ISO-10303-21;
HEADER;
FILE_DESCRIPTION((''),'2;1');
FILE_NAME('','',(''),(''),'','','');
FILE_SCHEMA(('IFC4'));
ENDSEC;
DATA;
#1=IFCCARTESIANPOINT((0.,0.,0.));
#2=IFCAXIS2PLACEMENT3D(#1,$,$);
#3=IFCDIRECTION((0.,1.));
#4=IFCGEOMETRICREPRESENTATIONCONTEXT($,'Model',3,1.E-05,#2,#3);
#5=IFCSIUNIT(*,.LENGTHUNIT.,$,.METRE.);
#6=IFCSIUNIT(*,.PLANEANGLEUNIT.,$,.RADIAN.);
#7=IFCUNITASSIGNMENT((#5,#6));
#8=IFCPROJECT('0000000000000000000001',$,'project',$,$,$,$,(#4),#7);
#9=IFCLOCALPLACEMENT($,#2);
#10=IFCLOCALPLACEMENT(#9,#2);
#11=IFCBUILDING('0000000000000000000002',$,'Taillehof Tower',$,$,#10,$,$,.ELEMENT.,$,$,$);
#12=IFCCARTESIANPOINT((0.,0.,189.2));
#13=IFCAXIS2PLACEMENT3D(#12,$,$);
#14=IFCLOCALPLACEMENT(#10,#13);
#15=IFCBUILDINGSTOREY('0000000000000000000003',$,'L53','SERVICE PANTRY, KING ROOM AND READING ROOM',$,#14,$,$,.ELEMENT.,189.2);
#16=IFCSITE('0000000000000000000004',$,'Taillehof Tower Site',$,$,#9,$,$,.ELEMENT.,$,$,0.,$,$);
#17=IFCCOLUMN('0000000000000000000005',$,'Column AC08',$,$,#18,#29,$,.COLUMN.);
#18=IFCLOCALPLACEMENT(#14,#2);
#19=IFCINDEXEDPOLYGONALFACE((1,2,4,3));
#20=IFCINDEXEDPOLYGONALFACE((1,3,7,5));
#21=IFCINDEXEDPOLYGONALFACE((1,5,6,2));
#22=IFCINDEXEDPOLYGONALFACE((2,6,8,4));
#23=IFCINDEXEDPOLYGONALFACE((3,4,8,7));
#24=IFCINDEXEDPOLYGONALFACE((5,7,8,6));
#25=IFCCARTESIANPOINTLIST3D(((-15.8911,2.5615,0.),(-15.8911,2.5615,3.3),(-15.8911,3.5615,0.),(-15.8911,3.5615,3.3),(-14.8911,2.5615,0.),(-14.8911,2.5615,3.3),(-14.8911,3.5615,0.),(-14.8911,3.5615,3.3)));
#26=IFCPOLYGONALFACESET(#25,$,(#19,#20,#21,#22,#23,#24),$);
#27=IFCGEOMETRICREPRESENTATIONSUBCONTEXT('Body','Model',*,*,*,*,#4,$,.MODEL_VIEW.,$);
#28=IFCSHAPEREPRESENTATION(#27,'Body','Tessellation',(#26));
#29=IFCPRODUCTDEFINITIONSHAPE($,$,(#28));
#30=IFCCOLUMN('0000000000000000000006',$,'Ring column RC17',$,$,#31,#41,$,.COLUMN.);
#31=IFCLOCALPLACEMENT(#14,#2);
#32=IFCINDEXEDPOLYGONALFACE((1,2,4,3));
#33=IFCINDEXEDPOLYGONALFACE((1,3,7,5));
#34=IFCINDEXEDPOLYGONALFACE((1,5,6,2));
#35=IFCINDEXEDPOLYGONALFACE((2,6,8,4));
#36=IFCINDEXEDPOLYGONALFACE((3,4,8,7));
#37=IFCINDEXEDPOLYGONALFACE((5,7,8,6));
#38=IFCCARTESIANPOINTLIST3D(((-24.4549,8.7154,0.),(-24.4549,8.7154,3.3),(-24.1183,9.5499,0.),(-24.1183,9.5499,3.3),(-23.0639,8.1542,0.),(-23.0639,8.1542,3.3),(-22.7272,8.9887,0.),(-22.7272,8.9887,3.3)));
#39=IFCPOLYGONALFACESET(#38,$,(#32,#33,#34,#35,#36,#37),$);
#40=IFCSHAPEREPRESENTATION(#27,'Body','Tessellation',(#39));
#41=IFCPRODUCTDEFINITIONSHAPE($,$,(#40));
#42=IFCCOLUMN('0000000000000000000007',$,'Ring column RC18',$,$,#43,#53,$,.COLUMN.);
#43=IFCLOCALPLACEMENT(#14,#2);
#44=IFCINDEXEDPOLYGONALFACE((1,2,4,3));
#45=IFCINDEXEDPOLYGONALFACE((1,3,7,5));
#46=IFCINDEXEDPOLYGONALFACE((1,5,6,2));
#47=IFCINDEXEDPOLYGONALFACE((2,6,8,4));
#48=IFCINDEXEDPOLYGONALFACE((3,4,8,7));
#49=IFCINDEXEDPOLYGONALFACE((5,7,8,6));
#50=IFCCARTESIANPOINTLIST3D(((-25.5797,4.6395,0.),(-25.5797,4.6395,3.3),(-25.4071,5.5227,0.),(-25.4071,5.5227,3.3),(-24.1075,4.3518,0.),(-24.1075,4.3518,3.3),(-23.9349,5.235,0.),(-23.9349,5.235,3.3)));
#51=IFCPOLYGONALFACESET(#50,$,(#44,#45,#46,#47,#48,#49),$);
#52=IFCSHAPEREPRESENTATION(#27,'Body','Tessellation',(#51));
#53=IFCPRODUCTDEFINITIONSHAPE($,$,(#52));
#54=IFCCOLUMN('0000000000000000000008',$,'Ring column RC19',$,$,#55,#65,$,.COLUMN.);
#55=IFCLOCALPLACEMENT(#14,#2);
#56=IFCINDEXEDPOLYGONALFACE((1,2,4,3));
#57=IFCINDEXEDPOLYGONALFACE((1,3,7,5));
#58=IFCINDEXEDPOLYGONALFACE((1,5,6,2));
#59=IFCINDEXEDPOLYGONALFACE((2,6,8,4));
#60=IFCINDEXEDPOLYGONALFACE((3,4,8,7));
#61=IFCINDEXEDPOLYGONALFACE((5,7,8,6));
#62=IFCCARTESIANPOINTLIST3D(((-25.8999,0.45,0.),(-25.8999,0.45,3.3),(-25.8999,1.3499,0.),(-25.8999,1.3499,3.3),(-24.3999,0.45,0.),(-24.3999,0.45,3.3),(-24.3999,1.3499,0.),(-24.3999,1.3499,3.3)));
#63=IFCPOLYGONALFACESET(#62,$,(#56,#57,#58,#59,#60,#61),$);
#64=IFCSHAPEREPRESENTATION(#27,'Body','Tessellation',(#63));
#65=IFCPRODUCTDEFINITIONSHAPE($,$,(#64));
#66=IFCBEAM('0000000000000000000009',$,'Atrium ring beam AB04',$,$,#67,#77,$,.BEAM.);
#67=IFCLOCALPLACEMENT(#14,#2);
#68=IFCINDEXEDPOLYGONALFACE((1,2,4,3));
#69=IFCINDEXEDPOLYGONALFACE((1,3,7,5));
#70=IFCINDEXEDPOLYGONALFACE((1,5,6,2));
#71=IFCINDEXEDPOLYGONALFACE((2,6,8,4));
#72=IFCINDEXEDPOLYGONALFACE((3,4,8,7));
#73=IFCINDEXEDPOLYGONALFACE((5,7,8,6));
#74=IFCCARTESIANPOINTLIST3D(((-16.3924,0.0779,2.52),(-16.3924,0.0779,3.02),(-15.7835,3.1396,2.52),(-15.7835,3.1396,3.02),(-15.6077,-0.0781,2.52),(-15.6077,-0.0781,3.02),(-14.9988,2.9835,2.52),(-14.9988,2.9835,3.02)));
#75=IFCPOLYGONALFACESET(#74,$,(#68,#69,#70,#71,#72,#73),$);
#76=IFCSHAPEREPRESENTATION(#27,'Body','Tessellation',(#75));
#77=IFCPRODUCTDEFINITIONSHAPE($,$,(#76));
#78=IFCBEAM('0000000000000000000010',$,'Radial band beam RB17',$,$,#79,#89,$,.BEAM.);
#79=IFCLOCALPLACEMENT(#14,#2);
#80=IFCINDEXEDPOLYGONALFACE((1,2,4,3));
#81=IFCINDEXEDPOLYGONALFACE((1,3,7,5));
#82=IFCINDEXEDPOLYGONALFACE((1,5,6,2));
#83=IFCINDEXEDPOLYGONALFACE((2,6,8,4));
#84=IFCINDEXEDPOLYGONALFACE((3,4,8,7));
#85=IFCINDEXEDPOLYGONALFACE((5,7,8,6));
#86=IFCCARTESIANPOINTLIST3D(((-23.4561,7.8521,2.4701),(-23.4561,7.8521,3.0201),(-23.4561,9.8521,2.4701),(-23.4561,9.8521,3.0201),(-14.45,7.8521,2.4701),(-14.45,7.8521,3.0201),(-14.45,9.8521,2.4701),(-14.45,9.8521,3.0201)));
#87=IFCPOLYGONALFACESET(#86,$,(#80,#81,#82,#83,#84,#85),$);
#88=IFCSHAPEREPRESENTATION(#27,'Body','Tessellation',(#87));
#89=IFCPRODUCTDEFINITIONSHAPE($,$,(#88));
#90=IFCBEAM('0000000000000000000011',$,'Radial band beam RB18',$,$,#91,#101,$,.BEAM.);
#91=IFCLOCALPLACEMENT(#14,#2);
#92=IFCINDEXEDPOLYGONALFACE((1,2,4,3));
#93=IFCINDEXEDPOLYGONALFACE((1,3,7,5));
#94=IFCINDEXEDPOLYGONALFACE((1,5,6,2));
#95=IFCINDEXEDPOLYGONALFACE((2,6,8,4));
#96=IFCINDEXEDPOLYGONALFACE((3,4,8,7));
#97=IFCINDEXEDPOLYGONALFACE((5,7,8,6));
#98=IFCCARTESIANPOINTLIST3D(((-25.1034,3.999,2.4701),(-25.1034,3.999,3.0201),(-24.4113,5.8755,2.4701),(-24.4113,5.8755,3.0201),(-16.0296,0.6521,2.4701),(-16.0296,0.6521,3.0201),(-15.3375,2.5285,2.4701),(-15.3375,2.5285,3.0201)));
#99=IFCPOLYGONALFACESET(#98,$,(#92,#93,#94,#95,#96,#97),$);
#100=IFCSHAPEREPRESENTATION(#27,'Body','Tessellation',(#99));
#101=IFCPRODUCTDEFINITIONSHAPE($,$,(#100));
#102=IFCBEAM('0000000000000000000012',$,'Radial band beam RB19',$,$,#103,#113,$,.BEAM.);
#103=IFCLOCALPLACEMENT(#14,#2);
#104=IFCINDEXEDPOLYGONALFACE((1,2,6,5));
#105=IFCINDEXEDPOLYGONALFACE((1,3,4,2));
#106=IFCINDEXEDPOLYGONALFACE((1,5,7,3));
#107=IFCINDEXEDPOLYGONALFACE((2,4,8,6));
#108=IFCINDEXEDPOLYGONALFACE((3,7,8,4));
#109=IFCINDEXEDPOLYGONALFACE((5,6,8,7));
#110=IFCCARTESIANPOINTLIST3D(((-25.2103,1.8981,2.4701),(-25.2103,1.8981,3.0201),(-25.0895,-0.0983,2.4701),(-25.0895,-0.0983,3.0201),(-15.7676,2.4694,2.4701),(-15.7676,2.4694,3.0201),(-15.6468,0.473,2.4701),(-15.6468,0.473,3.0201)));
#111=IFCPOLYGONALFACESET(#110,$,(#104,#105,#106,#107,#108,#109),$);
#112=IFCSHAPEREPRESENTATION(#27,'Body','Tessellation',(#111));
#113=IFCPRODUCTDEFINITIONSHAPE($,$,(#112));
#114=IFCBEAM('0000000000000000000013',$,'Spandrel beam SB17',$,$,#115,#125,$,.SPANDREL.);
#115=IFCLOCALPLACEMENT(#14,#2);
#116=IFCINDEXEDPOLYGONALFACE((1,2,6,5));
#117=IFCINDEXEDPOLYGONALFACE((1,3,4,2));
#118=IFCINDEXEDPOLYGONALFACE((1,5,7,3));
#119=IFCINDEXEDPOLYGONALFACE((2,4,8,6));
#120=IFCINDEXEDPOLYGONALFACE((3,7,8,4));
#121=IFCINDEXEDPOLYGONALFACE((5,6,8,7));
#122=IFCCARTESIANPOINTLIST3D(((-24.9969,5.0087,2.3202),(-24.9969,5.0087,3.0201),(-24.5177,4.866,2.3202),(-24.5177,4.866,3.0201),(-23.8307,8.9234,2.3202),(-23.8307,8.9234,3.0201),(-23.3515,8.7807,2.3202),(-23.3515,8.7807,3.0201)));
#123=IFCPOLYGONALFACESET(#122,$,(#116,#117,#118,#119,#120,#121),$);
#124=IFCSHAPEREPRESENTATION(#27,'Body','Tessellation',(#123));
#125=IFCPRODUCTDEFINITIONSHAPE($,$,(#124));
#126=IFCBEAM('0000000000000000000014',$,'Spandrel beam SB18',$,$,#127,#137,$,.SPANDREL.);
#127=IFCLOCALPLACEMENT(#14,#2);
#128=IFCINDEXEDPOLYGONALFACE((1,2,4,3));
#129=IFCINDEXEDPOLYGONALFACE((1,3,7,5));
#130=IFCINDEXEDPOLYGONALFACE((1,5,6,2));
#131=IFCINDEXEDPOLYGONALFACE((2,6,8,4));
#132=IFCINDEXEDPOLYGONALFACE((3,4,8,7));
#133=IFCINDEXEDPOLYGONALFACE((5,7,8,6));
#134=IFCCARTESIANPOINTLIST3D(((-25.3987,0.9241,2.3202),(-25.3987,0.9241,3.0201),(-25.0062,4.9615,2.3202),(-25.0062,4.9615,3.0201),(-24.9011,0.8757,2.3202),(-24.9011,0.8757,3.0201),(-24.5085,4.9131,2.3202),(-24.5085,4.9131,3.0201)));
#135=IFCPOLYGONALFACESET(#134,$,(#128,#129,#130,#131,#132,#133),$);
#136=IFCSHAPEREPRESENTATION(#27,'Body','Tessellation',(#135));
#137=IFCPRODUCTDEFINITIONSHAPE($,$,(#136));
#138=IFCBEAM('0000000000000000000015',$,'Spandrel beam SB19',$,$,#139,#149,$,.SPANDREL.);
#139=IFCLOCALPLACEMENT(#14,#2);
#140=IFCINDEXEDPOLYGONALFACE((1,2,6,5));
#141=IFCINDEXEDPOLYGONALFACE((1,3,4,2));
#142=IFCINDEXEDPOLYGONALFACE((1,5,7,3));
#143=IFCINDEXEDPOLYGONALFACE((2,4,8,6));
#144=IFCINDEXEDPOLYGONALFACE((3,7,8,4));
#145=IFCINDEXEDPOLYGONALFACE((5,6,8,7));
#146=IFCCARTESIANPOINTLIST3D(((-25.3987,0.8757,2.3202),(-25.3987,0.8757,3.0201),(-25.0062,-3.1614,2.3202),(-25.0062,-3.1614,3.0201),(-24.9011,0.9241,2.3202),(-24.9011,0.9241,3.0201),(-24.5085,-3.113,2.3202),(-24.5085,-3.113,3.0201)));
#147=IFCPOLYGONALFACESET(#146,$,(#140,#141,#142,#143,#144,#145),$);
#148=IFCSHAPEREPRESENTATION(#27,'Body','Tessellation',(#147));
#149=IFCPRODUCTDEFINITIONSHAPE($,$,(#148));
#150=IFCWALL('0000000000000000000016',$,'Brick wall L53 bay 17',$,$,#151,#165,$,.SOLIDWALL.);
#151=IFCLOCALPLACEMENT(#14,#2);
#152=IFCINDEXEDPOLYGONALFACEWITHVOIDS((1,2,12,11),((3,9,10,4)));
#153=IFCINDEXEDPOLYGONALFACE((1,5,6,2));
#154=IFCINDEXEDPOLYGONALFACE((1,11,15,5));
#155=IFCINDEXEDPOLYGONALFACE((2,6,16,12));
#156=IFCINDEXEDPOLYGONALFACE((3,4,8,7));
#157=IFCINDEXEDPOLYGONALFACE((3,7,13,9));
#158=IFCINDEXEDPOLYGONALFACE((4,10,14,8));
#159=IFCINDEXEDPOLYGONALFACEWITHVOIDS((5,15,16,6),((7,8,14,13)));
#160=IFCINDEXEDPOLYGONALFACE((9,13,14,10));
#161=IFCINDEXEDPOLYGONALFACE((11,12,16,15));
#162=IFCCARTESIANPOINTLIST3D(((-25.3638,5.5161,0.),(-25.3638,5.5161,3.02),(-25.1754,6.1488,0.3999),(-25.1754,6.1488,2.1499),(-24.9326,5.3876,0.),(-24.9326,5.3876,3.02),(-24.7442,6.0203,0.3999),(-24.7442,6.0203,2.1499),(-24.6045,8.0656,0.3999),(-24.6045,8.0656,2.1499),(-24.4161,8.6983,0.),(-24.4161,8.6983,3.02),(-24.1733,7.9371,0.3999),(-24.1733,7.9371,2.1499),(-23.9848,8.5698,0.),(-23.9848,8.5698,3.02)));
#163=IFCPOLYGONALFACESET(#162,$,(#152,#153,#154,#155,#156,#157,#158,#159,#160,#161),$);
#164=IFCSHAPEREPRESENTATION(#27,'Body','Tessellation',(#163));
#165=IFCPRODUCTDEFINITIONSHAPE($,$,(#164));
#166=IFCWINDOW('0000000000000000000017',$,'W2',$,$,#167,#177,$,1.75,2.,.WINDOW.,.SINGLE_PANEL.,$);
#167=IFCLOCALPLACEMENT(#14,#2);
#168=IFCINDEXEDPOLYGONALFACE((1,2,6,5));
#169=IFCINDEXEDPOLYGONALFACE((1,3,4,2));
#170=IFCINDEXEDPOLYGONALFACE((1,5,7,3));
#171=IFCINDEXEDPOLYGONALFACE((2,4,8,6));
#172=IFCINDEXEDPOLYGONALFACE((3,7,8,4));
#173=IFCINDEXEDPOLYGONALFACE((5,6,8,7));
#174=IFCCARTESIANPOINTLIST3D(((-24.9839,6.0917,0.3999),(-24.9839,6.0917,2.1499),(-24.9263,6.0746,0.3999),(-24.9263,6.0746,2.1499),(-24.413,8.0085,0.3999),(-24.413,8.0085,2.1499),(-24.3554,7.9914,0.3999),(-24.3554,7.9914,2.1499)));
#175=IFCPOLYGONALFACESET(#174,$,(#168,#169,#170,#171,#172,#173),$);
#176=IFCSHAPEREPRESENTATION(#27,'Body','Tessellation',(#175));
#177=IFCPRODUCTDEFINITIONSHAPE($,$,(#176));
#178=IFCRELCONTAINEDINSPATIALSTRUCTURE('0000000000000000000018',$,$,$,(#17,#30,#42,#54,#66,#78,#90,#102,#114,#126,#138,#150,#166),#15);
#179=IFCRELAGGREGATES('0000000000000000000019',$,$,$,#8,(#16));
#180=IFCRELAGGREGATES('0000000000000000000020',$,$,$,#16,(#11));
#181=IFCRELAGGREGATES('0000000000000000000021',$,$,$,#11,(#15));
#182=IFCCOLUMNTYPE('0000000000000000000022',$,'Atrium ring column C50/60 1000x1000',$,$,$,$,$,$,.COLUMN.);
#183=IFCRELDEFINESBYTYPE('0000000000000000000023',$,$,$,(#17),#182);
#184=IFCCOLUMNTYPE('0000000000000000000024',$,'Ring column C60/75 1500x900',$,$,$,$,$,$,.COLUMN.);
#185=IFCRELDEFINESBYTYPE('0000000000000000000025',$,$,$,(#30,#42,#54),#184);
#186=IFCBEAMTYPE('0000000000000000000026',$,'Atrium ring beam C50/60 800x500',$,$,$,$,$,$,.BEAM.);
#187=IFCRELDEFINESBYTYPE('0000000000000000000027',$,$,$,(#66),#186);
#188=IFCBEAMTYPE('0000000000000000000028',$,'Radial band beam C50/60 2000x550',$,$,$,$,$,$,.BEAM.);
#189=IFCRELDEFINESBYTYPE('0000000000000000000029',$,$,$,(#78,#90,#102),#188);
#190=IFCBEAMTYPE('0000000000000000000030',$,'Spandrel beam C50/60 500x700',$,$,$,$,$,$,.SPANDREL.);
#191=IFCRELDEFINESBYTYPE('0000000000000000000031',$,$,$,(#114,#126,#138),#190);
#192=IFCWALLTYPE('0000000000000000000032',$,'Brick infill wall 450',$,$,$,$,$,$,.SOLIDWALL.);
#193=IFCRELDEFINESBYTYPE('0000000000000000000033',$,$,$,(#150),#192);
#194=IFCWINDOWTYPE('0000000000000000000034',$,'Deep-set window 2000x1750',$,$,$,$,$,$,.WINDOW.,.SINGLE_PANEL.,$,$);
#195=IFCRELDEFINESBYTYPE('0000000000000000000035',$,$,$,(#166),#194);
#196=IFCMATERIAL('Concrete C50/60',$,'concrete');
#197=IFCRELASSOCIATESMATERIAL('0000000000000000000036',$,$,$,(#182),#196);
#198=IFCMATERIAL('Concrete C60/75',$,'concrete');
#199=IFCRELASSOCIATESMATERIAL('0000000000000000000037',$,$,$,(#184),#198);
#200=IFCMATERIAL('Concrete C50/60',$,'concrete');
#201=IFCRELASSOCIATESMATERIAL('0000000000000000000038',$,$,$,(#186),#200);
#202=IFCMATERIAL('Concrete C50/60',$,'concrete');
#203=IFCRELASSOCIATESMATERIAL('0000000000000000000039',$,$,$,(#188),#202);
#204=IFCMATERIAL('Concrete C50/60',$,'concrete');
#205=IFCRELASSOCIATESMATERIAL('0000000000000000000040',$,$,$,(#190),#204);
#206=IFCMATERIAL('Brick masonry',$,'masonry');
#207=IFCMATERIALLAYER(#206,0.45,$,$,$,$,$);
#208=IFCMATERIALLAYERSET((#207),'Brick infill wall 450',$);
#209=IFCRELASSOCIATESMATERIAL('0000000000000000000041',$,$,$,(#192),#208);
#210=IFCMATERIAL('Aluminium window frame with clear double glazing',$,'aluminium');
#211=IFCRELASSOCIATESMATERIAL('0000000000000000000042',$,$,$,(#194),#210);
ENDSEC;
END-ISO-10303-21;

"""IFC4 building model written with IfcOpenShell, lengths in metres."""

from ifc_helpers import new_model, si_unit, direction, frame, frame_2d, origin, origin_2d, place, context, subcontext, project, spatial, rectangle, extrude, material, layer, layer_set, material_profile, profile_set, type_object, element, fill, save


model = new_model("IFC4")

# Units and contexts
model_context = context("Model", 3, precision=1e-05, world=origin(), true_north=direction((0.0, 1.0)))
body_context = subcontext(model_context, "Body", "Model", "MODEL_VIEW")
ifc_project = project(units=[si_unit("LENGTHUNIT", "METRE"), si_unit("PLANEANGLEUNIT", "RADIAN")], contexts=[model_context])

# Site, building, storey
site_placement = place(None, origin())
site = spatial("IfcSite", under=ifc_project, at=site_placement, Name="Taillehof Tower Site", CompositionType="ELEMENT", RefElevation=0.0)
building_placement = place(site_placement, origin())
building = spatial("IfcBuilding", under=site, at=building_placement, Name="Taillehof Tower", CompositionType="ELEMENT")
storey_placement = place(building_placement, frame((0.0, 0.0, 189.2)))
storey = spatial("IfcBuildingStorey", under=building, at=storey_placement, Name="L53", Description="SERVICE PANTRY, KING ROOM AND READING ROOM", CompositionType="ELEMENT", Elevation=189.2)

# Columns
ifc_material_1 = material(Name="Concrete C50/60", Category="concrete")
ifc_material_profile_1 = material_profile(ifc_material_1, rectangle(XDim=1.0, YDim=1.0, at=origin_2d()), Name="RC 1000x1000")
ifc_profile_set_1 = profile_set([ifc_material_profile_1], Name="Concrete C50/60")
column_type_1 = type_object("IfcColumnType", Name="Atrium ring column C50/60 1000x1000", PredefinedType="COLUMN", material=ifc_profile_set_1)
column_placement = place(storey_placement, frame((-15.3911, 3.0615, 0.0), z_axis=(0.0, 0.0, 1.0), x_axis=(1.0, 0.0, 0.0)))
element("IfcColumn", 1, at=column_placement, inside=storey, type_object=column_type_1, Name="Column AC08", PredefinedType="COLUMN", context=body_context, shape_type="SweptSolid", body=[
    extrude(rectangle(XDim=1.0, YDim=1.0, at=origin_2d()), origin(), (0.0, 0.0, 1.0), 3.3),
])
ifc_material_2 = material(Name="Concrete C60/75", Category="concrete")
ifc_material_profile_2 = material_profile(ifc_material_2, rectangle(XDim=1.5, YDim=0.8999, at=origin_2d()), Name="RC 1500x900")
ifc_profile_set_2 = profile_set([ifc_material_profile_2], Name="Concrete C60/75")
column_type_2 = type_object("IfcColumnType", Name="Ring column C60/75 1500x900", PredefinedType="COLUMN", material=ifc_profile_set_2)
for number, where, z_axis, x_axis, name in (
    (2, (-23.5911, 8.8521, 0.0), (0.0, 0.0, 1.0), (-0.927385, 0.374108, 0.0), "Ring column RC17"),
    (3, (-24.7573, 4.9373, 0.0), (0.0, 0.0, 1.0), (-0.981434, 0.191801, 0.0), "Ring column RC18"),
    (4, (-25.1499, 0.8999, 0.0), (0.0, 0.0, 1.0), (-1.0, 0.0, 0.0), "Ring column RC19"),
):
    element("IfcColumn", number, at=place(storey_placement, frame(where, z_axis=z_axis, x_axis=x_axis)), inside=storey, type_object=column_type_2, Name=name, PredefinedType="COLUMN", context=body_context, shape_type="SweptSolid", body=[
        extrude(rectangle(XDim=1.5, YDim=0.8999, at=origin_2d()), origin(), (0.0, 0.0, 1.0), 3.3),
    ])

# Beams
ifc_material_3 = material(Name="Concrete C50/60", Category="concrete")
ifc_material_profile_3 = material_profile(ifc_material_3, rectangle(XDim=0.8, YDim=0.5, at=origin_2d()), Name="RC 800x500")
ifc_profile_set_3 = profile_set([ifc_material_profile_3], Name="Concrete C50/60")
beam_type_1 = type_object("IfcBeamType", Name="Atrium ring beam C50/60 800x500", PredefinedType="BEAM", material=ifc_profile_set_3)
beam_1_placement = place(storey_placement, frame((-15.3911, 3.0615, 2.77), z_axis=(-0.195063, -0.980791, 0.0), x_axis=(0.980791, -0.195063, 0.0)))
element("IfcBeam", 5, at=beam_1_placement, inside=storey, type_object=beam_type_1, Name="Atrium ring beam AB04", PredefinedType="BEAM", context=body_context, shape_type="SweptSolid", body=[
    extrude(rectangle(XDim=0.8, YDim=0.5, at=origin_2d()), origin(), (0.0, 0.0, 1.0), 3.1216),
])
ifc_material_4 = material(Name="Concrete C50/60", Category="concrete")
ifc_material_profile_4 = material_profile(ifc_material_4, rectangle(XDim=2.0, YDim=0.55, at=origin_2d()), Name="RC 2000x550")
ifc_profile_set_4 = profile_set([ifc_material_profile_4], Name="Concrete C50/60")
beam_type_2 = type_object("IfcBeamType", Name="Radial band beam C50/60 2000x550", PredefinedType="BEAM", material=ifc_profile_set_4)
beam_2_placement = place(storey_placement, frame((-23.4561, 8.8521, 2.7451), z_axis=(1.0, 0.0, 0.0), x_axis=(0.0, 1.0, 0.0)))
element("IfcBeam", 6, at=beam_2_placement, inside=storey, type_object=beam_type_2, Name="Radial band beam RB17", PredefinedType="BEAM", context=body_context, shape_type="SweptSolid", body=[
    extrude(rectangle(XDim=2.0, YDim=0.55, at=origin_2d()), origin(), (0.0, 0.0, 1.0), 9.0061),
])
beam_3_placement = place(storey_placement, frame((-24.7573, 4.9373, 2.7451), z_axis=(0.93821, -0.346067, 0.0), x_axis=(0.346067, 0.93821, 0.0)))
element("IfcBeam", 7, at=beam_3_placement, inside=storey, type_object=beam_type_2, Name="Radial band beam RB18", PredefinedType="BEAM", context=body_context, shape_type="SweptSolid", body=[
    extrude(rectangle(XDim=2.0, YDim=0.55, at=origin_2d()), origin(), (0.0, 0.0, 1.0), 9.6714),
])
beam_4_placement = place(storey_placement, frame((-25.1499, 0.8999, 2.7451), z_axis=(0.998175, 0.060391, 0.0), x_axis=(-0.060391, 0.998175, 0.0)))
element("IfcBeam", 8, at=beam_4_placement, inside=storey, type_object=beam_type_2, Name="Radial band beam RB19", PredefinedType="BEAM", context=body_context, shape_type="SweptSolid", body=[
    extrude(rectangle(XDim=2.0, YDim=0.55, at=origin_2d()), origin(), (0.0, 0.0, 1.0), 9.46),
])
ifc_material_5 = material(Name="Concrete C50/60", Category="concrete")
ifc_material_profile_5 = material_profile(ifc_material_5, rectangle(XDim=0.5, YDim=0.7, at=origin_2d()), Name="RC 500x700")
ifc_profile_set_5 = profile_set([ifc_material_profile_5], Name="Concrete C50/60")
beam_type_3 = type_object("IfcBeamType", Name="Spandrel beam C50/60 500x700", PredefinedType="SPANDREL", material=ifc_profile_set_5)
beam_5_placement = place(storey_placement, frame((-23.5911, 8.8521, 2.6702), z_axis=(-0.28551, -0.958376, 0.0), x_axis=(0.958376, -0.28551, 0.0)))
element("IfcBeam", 9, at=beam_5_placement, inside=storey, type_object=beam_type_3, Name="Spandrel beam SB17", PredefinedType="SPANDREL", context=body_context, shape_type="SweptSolid", body=[
    extrude(rectangle(XDim=0.5, YDim=0.7, at=origin_2d()), origin(), (0.0, 0.0, 1.0), 4.0847),
])
beam_6_placement = place(storey_placement, frame((-24.7573, 4.9373, 2.6702), z_axis=(-0.09678, -0.995306, 0.0), x_axis=(0.995306, -0.09678, 0.0)))
element("IfcBeam", 10, at=beam_6_placement, inside=storey, type_object=beam_type_3, Name="Spandrel beam SB18", PredefinedType="SPANDREL", context=body_context, shape_type="SweptSolid", body=[
    extrude(rectangle(XDim=0.5, YDim=0.7, at=origin_2d()), origin(), (0.0, 0.0, 1.0), 4.0564),
])
beam_7_placement = place(storey_placement, frame((-25.1499, 0.8999, 2.6702), z_axis=(0.096786, -0.995305, 0.0), x_axis=(0.995305, 0.096786, 0.0)))
element("IfcBeam", 11, at=beam_7_placement, inside=storey, type_object=beam_type_3, Name="Spandrel beam SB19", PredefinedType="SPANDREL", context=body_context, shape_type="SweptSolid", body=[
    extrude(rectangle(XDim=0.5, YDim=0.7, at=origin_2d()), origin(), (0.0, 0.0, 1.0), 4.0562),
])

# Wall, opening, window
ifc_material_6 = material(Name="Brick masonry", Category="masonry")
ifc_layer_1 = layer(ifc_material_6, 0.45)
ifc_layer_set_1 = layer_set([ifc_layer_1], Name="Brick infill wall 450")
wall_type_1 = type_object("IfcWallType", Name="Brick infill wall 450", PredefinedType="SOLIDWALL", material=ifc_layer_set_1)
wall_1_placement = place(storey_placement, frame((-24.2004, 8.634, 0.0), z_axis=(0.0, 0.0, 1.0), x_axis=(-0.285445, -0.958395, 0.0)))
wall_1 = element("IfcWall", 12, at=wall_1_placement, inside=storey, type_object=wall_type_1, Name="Brick wall L53 bay 17", PredefinedType="SOLIDWALL", context=body_context, shape_type="SweptSolid", body=[
    extrude(rectangle(XDim=3.3203, YDim=0.45, at=frame_2d((1.6602, 0.0))), origin(), (0.0, 0.0, 1.0), 3.02),
])
opening_1_placement = place(wall_1_placement, frame((0.6602, 0.0, 0.3999)))
opening_1 = element("IfcOpeningElement", 13, at=opening_1_placement, cuts=wall_1, PredefinedType="OPENING", context=body_context, shape_type="SweptSolid", body=[
    extrude(rectangle(XDim=2.0, YDim=1.75, at=frame_2d((1.0, 0.875))), frame((0.0, 0.2349, 0.0), z_axis=(0.0, -1.0, 0.0), x_axis=(1.0, 0.0, 0.0)), (0.0, 0.0, 1.0), 0.47),
])
ifc_material_7 = material(Name="Aluminium window frame with clear double glazing", Category="aluminium")
window_type_1 = type_object("IfcWindowType", Name="Deep-set window 2000x1750", PartitioningType="SINGLE_PANEL", PredefinedType="WINDOW", material=ifc_material_7)
window_1_placement = place(opening_1_placement, origin())
window_1 = element("IfcWindow", 14, at=window_1_placement, inside=storey, type_object=window_type_1, Name="W2", OverallHeight=1.75, OverallWidth=2.0, PartitioningType="SINGLE_PANEL", PredefinedType="WINDOW", context=body_context, shape_type="SweptSolid", body=[
    extrude(rectangle(XDim=2.0, YDim=1.75, at=frame_2d((1.0, 0.875))), frame((0.0, 0.0349, 0.0), z_axis=(0.0, -1.0, 0.0), x_axis=(1.0, 0.0, 0.0)), (0.0, 0.0, 1.0), 0.0601),
])
fill(opening_1, window_1)

save(model, "model.ifc")
